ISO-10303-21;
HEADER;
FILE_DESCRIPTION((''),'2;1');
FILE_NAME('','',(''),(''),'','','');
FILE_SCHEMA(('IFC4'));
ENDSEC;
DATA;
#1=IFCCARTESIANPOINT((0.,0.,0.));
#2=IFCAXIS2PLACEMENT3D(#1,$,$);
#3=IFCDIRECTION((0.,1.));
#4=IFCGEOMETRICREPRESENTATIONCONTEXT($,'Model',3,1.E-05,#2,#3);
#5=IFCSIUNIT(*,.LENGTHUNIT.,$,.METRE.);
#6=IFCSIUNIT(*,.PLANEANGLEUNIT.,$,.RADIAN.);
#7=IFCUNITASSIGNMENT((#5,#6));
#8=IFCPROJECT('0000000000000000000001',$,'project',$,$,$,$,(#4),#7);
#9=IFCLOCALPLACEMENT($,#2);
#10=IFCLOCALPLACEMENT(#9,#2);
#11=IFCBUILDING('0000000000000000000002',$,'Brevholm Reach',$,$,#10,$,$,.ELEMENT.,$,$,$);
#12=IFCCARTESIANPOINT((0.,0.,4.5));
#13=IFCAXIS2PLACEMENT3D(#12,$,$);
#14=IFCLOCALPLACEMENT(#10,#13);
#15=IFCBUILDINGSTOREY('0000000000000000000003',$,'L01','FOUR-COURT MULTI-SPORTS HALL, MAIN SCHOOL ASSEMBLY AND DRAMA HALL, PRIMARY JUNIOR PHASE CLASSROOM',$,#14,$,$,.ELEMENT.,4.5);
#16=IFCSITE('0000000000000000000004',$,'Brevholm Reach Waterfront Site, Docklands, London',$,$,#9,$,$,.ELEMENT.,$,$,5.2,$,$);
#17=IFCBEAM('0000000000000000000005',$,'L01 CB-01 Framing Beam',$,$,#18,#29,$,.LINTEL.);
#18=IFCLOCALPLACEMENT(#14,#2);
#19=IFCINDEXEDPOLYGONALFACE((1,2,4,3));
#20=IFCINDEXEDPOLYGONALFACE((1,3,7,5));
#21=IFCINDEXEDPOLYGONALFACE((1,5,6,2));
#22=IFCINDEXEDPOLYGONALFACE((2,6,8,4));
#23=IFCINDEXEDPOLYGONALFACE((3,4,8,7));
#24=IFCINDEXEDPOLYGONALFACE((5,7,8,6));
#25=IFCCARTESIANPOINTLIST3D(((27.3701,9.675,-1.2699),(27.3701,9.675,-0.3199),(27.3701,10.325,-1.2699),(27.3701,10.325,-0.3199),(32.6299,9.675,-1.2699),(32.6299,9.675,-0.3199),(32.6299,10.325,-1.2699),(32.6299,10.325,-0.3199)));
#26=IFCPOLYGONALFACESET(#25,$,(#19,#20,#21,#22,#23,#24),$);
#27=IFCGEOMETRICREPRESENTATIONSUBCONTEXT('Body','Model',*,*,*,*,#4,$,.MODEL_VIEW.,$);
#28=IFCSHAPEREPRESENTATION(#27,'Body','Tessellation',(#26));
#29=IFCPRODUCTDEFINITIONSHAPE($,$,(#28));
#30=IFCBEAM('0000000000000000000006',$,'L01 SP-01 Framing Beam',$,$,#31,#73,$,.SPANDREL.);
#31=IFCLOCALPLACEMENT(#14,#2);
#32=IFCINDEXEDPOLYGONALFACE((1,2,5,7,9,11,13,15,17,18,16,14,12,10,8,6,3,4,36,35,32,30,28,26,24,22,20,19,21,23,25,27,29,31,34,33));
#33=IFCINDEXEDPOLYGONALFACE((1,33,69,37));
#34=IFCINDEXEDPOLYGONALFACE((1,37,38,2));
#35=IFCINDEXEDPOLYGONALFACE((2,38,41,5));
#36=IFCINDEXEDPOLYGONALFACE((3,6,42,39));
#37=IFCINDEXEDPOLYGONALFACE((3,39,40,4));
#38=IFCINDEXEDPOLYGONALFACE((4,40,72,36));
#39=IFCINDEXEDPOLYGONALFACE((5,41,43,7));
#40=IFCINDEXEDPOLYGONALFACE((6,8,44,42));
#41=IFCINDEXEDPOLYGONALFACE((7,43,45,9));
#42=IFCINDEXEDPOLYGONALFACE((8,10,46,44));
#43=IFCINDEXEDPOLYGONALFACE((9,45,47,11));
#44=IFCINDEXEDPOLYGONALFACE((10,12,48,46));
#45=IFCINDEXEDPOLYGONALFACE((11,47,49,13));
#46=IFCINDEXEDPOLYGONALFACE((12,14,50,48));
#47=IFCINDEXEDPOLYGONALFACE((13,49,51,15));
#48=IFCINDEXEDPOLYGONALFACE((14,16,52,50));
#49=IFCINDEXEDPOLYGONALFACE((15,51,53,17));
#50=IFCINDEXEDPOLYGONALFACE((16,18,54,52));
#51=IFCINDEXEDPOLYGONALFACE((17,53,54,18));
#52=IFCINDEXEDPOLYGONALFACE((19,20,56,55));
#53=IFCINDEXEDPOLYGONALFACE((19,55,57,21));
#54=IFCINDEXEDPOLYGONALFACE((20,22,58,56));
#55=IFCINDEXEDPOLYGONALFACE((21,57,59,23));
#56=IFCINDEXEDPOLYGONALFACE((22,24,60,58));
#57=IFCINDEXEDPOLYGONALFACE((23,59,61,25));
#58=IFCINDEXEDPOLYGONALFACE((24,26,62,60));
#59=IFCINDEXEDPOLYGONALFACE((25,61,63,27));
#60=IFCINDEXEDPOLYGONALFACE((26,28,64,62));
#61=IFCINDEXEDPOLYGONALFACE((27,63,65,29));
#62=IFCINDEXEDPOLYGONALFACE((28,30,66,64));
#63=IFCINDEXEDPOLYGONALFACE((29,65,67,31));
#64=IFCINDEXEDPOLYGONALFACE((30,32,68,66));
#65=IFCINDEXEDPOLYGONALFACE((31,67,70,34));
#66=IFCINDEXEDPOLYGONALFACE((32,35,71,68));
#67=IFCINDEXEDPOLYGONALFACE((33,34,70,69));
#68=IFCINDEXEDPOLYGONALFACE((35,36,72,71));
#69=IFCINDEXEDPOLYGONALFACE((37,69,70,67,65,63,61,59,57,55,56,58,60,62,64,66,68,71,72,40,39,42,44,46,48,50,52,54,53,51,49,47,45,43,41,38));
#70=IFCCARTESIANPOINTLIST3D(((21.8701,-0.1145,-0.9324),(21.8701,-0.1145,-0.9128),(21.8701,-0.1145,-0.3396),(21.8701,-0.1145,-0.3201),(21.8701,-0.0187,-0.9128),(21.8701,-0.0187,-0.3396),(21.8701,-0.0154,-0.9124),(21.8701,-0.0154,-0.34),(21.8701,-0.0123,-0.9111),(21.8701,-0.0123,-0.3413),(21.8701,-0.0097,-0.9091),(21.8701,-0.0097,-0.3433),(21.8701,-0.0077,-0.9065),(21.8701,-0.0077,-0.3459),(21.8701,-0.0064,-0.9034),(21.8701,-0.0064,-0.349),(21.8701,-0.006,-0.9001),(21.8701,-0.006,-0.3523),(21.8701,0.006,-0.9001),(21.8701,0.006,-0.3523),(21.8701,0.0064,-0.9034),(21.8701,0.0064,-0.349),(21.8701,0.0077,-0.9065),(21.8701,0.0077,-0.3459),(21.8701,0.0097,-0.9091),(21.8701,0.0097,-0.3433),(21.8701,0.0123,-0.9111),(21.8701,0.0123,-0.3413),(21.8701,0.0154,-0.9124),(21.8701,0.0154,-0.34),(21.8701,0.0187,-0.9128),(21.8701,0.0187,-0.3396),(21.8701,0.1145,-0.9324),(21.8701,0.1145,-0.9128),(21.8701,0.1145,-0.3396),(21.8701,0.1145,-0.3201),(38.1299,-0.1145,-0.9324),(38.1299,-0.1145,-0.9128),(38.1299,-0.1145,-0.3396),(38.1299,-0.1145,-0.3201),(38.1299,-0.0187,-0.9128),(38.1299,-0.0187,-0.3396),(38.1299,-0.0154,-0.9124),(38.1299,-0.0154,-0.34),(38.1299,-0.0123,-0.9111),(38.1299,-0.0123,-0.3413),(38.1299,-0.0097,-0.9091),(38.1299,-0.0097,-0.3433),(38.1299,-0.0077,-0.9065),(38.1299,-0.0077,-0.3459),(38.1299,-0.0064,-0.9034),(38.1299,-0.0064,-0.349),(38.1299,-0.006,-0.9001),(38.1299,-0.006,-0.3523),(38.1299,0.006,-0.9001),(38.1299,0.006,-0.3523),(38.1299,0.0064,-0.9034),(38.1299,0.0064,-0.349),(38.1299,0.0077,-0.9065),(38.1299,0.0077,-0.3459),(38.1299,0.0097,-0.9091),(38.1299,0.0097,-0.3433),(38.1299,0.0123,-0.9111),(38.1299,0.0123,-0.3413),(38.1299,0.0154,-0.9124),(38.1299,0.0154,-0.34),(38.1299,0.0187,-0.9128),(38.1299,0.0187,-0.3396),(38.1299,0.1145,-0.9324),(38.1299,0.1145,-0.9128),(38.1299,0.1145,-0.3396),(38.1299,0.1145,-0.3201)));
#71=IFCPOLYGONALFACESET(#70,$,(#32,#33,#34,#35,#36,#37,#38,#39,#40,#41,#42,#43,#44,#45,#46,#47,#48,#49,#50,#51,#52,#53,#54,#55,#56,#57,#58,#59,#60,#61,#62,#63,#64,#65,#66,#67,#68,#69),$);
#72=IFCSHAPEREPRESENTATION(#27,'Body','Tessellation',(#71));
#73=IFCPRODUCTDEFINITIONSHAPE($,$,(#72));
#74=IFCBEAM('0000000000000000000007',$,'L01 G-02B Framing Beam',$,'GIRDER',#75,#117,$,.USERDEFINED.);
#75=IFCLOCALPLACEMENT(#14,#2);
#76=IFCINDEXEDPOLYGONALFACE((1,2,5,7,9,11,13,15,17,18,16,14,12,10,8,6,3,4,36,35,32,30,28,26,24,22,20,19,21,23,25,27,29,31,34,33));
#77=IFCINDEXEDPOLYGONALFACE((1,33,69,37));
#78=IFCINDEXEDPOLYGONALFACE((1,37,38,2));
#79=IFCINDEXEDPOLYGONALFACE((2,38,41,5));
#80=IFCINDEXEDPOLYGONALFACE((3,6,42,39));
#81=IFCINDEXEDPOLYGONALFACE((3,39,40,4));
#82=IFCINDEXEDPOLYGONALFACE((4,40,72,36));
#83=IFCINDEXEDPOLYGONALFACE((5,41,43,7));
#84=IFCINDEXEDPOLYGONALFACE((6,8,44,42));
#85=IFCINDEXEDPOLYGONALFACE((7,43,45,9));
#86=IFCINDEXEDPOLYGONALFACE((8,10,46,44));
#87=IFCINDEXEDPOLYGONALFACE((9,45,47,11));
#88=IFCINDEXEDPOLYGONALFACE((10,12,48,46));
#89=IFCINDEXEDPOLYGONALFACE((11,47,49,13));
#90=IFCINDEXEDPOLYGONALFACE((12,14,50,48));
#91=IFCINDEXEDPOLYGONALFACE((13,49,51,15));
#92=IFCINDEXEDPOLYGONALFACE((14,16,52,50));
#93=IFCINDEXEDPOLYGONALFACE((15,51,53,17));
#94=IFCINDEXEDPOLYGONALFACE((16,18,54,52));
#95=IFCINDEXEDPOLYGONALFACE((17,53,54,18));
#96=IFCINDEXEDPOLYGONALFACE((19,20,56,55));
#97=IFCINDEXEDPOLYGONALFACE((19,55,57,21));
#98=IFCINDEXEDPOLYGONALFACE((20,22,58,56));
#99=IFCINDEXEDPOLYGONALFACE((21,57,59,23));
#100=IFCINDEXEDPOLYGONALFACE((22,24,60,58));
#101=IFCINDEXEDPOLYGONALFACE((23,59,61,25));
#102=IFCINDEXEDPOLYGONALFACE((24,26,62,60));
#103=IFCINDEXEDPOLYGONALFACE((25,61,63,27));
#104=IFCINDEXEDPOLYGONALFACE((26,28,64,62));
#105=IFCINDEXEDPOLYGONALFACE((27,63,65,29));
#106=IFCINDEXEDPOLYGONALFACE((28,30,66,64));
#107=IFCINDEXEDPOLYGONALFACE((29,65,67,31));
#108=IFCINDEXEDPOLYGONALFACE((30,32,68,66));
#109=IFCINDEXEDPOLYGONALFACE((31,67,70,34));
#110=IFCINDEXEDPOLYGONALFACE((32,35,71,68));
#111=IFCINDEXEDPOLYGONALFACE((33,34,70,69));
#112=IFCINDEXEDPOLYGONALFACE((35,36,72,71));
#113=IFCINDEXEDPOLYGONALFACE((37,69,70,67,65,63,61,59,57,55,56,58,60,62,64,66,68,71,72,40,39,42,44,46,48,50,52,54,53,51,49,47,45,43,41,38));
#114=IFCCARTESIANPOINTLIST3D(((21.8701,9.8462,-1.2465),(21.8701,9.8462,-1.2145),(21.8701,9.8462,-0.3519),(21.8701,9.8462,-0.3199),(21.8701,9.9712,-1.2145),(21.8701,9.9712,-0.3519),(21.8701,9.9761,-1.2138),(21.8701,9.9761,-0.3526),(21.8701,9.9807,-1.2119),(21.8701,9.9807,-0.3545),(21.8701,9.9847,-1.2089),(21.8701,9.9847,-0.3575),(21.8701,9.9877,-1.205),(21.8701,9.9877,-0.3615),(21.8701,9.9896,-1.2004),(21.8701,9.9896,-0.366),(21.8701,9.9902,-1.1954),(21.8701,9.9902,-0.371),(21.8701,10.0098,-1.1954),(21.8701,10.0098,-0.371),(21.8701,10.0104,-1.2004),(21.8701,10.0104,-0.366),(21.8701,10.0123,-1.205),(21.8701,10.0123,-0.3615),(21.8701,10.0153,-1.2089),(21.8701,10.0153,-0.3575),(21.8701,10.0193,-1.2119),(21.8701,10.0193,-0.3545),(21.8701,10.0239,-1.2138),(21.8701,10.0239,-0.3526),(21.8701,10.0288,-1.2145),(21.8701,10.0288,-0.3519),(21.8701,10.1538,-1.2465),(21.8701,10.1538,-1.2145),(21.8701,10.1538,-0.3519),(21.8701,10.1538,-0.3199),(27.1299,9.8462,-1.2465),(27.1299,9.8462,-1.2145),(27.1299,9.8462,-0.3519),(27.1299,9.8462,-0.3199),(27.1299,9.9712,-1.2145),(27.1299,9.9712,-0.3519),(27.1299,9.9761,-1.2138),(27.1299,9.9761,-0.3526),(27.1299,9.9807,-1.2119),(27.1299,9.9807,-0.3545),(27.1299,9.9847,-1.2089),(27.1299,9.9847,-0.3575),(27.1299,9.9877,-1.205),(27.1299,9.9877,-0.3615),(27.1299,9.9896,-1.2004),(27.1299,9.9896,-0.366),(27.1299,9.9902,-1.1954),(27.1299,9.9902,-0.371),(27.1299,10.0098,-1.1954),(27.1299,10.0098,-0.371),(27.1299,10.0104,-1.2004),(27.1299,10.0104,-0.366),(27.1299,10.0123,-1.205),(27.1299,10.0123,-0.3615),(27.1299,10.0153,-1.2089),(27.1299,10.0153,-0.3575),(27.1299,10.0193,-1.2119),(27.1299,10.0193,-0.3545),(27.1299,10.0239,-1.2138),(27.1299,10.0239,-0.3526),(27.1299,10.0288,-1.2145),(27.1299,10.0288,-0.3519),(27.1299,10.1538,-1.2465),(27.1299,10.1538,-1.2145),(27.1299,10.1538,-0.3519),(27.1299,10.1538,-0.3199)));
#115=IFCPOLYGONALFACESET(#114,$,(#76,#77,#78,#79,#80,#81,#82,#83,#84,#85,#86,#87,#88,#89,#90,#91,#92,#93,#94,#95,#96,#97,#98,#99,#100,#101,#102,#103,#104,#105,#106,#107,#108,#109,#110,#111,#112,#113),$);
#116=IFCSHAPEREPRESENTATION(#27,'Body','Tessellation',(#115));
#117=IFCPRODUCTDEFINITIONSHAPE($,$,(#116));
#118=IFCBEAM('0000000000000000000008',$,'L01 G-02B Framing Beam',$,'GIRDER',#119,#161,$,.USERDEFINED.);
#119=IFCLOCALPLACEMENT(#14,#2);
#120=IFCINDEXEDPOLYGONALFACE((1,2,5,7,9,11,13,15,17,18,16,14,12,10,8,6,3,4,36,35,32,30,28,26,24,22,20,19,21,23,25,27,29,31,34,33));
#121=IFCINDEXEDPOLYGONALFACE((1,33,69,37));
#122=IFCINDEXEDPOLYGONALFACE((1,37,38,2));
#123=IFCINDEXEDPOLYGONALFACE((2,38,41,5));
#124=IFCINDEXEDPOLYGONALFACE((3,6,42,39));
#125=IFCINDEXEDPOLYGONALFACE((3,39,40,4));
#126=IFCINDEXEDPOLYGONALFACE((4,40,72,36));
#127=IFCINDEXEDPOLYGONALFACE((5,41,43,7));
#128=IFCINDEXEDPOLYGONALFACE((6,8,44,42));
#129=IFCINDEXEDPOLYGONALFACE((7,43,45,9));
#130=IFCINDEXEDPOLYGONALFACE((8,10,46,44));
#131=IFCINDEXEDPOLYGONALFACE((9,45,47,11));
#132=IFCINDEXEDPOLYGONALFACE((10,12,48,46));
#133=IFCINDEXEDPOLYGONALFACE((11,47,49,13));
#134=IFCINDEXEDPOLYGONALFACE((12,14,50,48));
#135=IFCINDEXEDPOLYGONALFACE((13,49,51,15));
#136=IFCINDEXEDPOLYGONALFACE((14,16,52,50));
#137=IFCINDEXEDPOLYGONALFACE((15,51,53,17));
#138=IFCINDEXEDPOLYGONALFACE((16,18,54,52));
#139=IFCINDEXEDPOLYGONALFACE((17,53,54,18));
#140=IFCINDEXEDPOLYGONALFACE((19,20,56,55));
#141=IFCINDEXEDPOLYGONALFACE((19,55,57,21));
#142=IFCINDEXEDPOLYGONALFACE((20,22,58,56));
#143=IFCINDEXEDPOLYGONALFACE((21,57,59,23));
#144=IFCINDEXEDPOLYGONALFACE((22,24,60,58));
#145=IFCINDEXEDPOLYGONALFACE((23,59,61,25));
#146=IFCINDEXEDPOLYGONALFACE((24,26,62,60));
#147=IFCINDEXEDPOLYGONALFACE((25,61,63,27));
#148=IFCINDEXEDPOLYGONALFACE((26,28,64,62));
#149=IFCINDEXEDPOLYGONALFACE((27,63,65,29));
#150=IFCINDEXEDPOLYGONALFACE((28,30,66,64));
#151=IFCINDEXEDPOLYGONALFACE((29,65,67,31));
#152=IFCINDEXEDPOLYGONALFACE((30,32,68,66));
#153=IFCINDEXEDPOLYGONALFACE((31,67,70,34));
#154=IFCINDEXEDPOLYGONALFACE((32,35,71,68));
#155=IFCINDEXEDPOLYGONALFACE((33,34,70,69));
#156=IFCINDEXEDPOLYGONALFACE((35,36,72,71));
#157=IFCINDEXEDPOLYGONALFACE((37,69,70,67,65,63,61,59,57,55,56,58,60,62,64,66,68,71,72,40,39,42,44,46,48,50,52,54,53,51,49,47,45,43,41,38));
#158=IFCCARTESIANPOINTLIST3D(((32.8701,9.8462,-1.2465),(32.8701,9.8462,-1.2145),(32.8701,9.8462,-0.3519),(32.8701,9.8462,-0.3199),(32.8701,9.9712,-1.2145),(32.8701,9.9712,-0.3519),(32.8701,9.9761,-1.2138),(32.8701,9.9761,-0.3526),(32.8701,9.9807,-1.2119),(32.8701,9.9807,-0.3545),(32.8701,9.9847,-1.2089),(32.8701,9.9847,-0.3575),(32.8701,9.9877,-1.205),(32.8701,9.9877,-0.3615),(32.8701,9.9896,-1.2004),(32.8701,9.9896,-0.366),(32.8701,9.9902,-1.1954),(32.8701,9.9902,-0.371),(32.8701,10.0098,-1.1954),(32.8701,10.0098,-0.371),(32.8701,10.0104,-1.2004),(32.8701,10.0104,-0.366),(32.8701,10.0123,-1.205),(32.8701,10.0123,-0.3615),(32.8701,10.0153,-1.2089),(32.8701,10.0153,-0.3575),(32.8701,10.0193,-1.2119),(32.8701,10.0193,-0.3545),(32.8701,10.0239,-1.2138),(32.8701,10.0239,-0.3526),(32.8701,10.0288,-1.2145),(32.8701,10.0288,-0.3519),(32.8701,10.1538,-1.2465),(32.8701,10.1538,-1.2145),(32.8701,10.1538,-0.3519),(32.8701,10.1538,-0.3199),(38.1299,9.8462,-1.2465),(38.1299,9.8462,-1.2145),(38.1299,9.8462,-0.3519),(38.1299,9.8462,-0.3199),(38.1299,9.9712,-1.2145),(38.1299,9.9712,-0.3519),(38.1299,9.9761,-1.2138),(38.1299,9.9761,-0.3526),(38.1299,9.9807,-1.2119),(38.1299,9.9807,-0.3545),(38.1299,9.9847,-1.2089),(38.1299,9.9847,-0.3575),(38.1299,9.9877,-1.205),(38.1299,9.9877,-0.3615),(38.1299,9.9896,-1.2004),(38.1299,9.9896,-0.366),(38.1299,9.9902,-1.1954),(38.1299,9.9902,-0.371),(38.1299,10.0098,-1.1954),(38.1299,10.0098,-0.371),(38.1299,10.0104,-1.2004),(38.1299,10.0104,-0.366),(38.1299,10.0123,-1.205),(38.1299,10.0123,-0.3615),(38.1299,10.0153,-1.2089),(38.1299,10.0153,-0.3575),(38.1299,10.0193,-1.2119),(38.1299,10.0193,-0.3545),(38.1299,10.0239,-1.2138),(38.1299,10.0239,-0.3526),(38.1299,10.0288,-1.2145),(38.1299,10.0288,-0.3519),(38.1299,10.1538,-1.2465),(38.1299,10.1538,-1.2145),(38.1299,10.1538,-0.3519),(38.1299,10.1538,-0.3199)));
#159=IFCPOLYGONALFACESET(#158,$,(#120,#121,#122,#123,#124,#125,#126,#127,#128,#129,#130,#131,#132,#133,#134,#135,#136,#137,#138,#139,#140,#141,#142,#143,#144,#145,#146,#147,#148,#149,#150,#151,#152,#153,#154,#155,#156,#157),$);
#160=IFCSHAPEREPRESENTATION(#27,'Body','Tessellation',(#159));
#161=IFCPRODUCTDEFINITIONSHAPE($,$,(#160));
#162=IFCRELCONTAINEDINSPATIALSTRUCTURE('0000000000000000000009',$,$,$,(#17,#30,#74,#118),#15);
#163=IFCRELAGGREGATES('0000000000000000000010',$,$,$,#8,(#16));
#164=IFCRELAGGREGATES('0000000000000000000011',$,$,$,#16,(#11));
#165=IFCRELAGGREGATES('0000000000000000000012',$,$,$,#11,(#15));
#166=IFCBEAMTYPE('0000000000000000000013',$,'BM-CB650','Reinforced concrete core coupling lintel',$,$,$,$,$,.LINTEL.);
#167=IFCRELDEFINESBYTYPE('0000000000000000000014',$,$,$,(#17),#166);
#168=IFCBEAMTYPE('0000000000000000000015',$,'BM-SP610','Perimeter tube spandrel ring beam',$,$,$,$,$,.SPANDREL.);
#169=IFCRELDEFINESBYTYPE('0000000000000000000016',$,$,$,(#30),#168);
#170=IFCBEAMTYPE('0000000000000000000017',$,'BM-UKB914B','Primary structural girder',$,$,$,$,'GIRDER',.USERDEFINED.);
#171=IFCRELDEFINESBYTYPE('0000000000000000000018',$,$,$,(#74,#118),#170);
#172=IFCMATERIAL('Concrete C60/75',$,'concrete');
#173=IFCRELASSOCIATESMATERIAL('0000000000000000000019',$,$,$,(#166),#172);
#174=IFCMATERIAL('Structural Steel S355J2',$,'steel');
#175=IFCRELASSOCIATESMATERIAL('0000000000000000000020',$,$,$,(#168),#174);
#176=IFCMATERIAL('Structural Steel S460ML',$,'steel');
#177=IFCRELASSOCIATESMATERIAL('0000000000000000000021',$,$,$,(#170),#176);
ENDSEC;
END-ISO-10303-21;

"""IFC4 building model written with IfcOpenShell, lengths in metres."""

from ifc_helpers import new_model, si_unit, direction, frame, origin, origin_2d, place, context, subcontext, project, spatial, rectangle, i_section, extrude, material, material_profile, profile_set, type_object, element, save


model = new_model("IFC4")

# Units and contexts
model_context = context("Model", 3, precision=1e-05, world=origin(), true_north=direction((0.0, 1.0)))
body_context = subcontext(model_context, "Body", "Model", "MODEL_VIEW")
ifc_project = project(units=[si_unit("LENGTHUNIT", "METRE"), si_unit("PLANEANGLEUNIT", "RADIAN")], contexts=[model_context])

# Site, building, storey
site_placement = place(None, origin())
site = spatial("IfcSite", under=ifc_project, at=site_placement, Name="Brevholm Reach Waterfront Site, Docklands, London", CompositionType="ELEMENT", RefElevation=5.2)
building_placement = place(site_placement, origin())
building = spatial("IfcBuilding", under=site, at=building_placement, Name="Brevholm Reach", CompositionType="ELEMENT")
storey_placement = place(building_placement, frame((0.0, 0.0, 4.5)))
storey = spatial("IfcBuildingStorey", under=building, at=storey_placement, Name="L01", Description="FOUR-COURT MULTI-SPORTS HALL, MAIN SCHOOL ASSEMBLY AND DRAMA HALL, PRIMARY JUNIOR PHASE CLASSROOM", CompositionType="ELEMENT", Elevation=4.5)

# Beams
ifc_material_1 = material(Name="Concrete C60/75", Category="concrete")
ifc_material_profile_1 = material_profile(ifc_material_1, rectangle(XDim=0.6499, YDim=0.95, at=origin_2d()), Name="RC 650x950")
ifc_profile_set_1 = profile_set([ifc_material_profile_1], Name="Concrete C60/75")
beam_type_1 = type_object("IfcBeamType", Name="BM-CB650", Description="Reinforced concrete core coupling lintel", PredefinedType="LINTEL", material=ifc_profile_set_1)
beam_1_placement = place(storey_placement, frame((27.3701, 10.0, -0.7949), z_axis=(1.0, 0.0, 0.0), x_axis=(0.0, 1.0, 0.0)))
element("IfcBeam", 1, at=beam_1_placement, inside=storey, type_object=beam_type_1, Name="L01 CB-01 Framing Beam", PredefinedType="LINTEL", context=body_context, shape_type="SweptSolid", body=[
    extrude(rectangle(XDim=0.6499, YDim=0.95, at=origin_2d()), origin(), (0.0, 0.0, 1.0), 5.2598),
])
ifc_material_2 = material(Name="Structural Steel S355J2", Category="steel")
ifc_material_profile_2 = material_profile(ifc_material_2, i_section(OverallWidth=0.229, OverallDepth=0.6123, WebThickness=0.012, FlangeThickness=0.0195, FilletRadius=0.0127, at=origin_2d()), Name="UKB 610x229x125")
ifc_profile_set_2 = profile_set([ifc_material_profile_2], Name="Structural Steel S355J2")
beam_type_2 = type_object("IfcBeamType", Name="BM-SP610", Description="Perimeter tube spandrel ring beam", PredefinedType="SPANDREL", material=ifc_profile_set_2)
beam_2_placement = place(storey_placement, frame((21.8701, 0.0, -0.6262), z_axis=(1.0, 0.0, 0.0), x_axis=(0.0, 1.0, 0.0)))
element("IfcBeam", 2, at=beam_2_placement, inside=storey, type_object=beam_type_2, Name="L01 SP-01 Framing Beam", PredefinedType="SPANDREL", context=body_context, shape_type="SweptSolid", body=[
    extrude(i_section(OverallWidth=0.229, OverallDepth=0.6123, WebThickness=0.012, FlangeThickness=0.0195, FilletRadius=0.0127, at=origin_2d()), origin(), (0.0, 0.0, 1.0), 16.2598),
])
ifc_material_3 = material(Name="Structural Steel S460ML", Category="steel")
ifc_material_profile_3 = material_profile(ifc_material_3, i_section(OverallWidth=0.3076, OverallDepth=0.9265, WebThickness=0.0195, FlangeThickness=0.032, FilletRadius=0.019, at=origin_2d()), Name="UKB 914x305x289")
ifc_profile_set_3 = profile_set([ifc_material_profile_3], Name="Structural Steel S460ML")
beam_type_3 = type_object("IfcBeamType", Name="BM-UKB914B", Description="Primary structural girder", ElementType="GIRDER", PredefinedType="USERDEFINED", material=ifc_profile_set_3)
for number, where, z_axis, x_axis, name in (
    (3, (21.8701, 10.0, -0.7832), (1.0, 0.0, 0.0), (0.0, 1.0, 0.0), "L01 G-02B Framing Beam"),
    (4, (32.8701, 10.0, -0.7832), (1.0, 0.0, 0.0), (0.0, 1.0, 0.0), "L01 G-02B Framing Beam"),
):
    element("IfcBeam", number, at=place(storey_placement, frame(where, z_axis=z_axis, x_axis=x_axis)), inside=storey, type_object=beam_type_3, Name=name, ObjectType="GIRDER", PredefinedType="USERDEFINED", context=body_context, shape_type="SweptSolid", body=[
        extrude(i_section(OverallWidth=0.3076, OverallDepth=0.9265, WebThickness=0.0195, FlangeThickness=0.032, FilletRadius=0.019, at=origin_2d()), origin(), (0.0, 0.0, 1.0), 5.2598),
    ])

save(model, "model.ifc")
